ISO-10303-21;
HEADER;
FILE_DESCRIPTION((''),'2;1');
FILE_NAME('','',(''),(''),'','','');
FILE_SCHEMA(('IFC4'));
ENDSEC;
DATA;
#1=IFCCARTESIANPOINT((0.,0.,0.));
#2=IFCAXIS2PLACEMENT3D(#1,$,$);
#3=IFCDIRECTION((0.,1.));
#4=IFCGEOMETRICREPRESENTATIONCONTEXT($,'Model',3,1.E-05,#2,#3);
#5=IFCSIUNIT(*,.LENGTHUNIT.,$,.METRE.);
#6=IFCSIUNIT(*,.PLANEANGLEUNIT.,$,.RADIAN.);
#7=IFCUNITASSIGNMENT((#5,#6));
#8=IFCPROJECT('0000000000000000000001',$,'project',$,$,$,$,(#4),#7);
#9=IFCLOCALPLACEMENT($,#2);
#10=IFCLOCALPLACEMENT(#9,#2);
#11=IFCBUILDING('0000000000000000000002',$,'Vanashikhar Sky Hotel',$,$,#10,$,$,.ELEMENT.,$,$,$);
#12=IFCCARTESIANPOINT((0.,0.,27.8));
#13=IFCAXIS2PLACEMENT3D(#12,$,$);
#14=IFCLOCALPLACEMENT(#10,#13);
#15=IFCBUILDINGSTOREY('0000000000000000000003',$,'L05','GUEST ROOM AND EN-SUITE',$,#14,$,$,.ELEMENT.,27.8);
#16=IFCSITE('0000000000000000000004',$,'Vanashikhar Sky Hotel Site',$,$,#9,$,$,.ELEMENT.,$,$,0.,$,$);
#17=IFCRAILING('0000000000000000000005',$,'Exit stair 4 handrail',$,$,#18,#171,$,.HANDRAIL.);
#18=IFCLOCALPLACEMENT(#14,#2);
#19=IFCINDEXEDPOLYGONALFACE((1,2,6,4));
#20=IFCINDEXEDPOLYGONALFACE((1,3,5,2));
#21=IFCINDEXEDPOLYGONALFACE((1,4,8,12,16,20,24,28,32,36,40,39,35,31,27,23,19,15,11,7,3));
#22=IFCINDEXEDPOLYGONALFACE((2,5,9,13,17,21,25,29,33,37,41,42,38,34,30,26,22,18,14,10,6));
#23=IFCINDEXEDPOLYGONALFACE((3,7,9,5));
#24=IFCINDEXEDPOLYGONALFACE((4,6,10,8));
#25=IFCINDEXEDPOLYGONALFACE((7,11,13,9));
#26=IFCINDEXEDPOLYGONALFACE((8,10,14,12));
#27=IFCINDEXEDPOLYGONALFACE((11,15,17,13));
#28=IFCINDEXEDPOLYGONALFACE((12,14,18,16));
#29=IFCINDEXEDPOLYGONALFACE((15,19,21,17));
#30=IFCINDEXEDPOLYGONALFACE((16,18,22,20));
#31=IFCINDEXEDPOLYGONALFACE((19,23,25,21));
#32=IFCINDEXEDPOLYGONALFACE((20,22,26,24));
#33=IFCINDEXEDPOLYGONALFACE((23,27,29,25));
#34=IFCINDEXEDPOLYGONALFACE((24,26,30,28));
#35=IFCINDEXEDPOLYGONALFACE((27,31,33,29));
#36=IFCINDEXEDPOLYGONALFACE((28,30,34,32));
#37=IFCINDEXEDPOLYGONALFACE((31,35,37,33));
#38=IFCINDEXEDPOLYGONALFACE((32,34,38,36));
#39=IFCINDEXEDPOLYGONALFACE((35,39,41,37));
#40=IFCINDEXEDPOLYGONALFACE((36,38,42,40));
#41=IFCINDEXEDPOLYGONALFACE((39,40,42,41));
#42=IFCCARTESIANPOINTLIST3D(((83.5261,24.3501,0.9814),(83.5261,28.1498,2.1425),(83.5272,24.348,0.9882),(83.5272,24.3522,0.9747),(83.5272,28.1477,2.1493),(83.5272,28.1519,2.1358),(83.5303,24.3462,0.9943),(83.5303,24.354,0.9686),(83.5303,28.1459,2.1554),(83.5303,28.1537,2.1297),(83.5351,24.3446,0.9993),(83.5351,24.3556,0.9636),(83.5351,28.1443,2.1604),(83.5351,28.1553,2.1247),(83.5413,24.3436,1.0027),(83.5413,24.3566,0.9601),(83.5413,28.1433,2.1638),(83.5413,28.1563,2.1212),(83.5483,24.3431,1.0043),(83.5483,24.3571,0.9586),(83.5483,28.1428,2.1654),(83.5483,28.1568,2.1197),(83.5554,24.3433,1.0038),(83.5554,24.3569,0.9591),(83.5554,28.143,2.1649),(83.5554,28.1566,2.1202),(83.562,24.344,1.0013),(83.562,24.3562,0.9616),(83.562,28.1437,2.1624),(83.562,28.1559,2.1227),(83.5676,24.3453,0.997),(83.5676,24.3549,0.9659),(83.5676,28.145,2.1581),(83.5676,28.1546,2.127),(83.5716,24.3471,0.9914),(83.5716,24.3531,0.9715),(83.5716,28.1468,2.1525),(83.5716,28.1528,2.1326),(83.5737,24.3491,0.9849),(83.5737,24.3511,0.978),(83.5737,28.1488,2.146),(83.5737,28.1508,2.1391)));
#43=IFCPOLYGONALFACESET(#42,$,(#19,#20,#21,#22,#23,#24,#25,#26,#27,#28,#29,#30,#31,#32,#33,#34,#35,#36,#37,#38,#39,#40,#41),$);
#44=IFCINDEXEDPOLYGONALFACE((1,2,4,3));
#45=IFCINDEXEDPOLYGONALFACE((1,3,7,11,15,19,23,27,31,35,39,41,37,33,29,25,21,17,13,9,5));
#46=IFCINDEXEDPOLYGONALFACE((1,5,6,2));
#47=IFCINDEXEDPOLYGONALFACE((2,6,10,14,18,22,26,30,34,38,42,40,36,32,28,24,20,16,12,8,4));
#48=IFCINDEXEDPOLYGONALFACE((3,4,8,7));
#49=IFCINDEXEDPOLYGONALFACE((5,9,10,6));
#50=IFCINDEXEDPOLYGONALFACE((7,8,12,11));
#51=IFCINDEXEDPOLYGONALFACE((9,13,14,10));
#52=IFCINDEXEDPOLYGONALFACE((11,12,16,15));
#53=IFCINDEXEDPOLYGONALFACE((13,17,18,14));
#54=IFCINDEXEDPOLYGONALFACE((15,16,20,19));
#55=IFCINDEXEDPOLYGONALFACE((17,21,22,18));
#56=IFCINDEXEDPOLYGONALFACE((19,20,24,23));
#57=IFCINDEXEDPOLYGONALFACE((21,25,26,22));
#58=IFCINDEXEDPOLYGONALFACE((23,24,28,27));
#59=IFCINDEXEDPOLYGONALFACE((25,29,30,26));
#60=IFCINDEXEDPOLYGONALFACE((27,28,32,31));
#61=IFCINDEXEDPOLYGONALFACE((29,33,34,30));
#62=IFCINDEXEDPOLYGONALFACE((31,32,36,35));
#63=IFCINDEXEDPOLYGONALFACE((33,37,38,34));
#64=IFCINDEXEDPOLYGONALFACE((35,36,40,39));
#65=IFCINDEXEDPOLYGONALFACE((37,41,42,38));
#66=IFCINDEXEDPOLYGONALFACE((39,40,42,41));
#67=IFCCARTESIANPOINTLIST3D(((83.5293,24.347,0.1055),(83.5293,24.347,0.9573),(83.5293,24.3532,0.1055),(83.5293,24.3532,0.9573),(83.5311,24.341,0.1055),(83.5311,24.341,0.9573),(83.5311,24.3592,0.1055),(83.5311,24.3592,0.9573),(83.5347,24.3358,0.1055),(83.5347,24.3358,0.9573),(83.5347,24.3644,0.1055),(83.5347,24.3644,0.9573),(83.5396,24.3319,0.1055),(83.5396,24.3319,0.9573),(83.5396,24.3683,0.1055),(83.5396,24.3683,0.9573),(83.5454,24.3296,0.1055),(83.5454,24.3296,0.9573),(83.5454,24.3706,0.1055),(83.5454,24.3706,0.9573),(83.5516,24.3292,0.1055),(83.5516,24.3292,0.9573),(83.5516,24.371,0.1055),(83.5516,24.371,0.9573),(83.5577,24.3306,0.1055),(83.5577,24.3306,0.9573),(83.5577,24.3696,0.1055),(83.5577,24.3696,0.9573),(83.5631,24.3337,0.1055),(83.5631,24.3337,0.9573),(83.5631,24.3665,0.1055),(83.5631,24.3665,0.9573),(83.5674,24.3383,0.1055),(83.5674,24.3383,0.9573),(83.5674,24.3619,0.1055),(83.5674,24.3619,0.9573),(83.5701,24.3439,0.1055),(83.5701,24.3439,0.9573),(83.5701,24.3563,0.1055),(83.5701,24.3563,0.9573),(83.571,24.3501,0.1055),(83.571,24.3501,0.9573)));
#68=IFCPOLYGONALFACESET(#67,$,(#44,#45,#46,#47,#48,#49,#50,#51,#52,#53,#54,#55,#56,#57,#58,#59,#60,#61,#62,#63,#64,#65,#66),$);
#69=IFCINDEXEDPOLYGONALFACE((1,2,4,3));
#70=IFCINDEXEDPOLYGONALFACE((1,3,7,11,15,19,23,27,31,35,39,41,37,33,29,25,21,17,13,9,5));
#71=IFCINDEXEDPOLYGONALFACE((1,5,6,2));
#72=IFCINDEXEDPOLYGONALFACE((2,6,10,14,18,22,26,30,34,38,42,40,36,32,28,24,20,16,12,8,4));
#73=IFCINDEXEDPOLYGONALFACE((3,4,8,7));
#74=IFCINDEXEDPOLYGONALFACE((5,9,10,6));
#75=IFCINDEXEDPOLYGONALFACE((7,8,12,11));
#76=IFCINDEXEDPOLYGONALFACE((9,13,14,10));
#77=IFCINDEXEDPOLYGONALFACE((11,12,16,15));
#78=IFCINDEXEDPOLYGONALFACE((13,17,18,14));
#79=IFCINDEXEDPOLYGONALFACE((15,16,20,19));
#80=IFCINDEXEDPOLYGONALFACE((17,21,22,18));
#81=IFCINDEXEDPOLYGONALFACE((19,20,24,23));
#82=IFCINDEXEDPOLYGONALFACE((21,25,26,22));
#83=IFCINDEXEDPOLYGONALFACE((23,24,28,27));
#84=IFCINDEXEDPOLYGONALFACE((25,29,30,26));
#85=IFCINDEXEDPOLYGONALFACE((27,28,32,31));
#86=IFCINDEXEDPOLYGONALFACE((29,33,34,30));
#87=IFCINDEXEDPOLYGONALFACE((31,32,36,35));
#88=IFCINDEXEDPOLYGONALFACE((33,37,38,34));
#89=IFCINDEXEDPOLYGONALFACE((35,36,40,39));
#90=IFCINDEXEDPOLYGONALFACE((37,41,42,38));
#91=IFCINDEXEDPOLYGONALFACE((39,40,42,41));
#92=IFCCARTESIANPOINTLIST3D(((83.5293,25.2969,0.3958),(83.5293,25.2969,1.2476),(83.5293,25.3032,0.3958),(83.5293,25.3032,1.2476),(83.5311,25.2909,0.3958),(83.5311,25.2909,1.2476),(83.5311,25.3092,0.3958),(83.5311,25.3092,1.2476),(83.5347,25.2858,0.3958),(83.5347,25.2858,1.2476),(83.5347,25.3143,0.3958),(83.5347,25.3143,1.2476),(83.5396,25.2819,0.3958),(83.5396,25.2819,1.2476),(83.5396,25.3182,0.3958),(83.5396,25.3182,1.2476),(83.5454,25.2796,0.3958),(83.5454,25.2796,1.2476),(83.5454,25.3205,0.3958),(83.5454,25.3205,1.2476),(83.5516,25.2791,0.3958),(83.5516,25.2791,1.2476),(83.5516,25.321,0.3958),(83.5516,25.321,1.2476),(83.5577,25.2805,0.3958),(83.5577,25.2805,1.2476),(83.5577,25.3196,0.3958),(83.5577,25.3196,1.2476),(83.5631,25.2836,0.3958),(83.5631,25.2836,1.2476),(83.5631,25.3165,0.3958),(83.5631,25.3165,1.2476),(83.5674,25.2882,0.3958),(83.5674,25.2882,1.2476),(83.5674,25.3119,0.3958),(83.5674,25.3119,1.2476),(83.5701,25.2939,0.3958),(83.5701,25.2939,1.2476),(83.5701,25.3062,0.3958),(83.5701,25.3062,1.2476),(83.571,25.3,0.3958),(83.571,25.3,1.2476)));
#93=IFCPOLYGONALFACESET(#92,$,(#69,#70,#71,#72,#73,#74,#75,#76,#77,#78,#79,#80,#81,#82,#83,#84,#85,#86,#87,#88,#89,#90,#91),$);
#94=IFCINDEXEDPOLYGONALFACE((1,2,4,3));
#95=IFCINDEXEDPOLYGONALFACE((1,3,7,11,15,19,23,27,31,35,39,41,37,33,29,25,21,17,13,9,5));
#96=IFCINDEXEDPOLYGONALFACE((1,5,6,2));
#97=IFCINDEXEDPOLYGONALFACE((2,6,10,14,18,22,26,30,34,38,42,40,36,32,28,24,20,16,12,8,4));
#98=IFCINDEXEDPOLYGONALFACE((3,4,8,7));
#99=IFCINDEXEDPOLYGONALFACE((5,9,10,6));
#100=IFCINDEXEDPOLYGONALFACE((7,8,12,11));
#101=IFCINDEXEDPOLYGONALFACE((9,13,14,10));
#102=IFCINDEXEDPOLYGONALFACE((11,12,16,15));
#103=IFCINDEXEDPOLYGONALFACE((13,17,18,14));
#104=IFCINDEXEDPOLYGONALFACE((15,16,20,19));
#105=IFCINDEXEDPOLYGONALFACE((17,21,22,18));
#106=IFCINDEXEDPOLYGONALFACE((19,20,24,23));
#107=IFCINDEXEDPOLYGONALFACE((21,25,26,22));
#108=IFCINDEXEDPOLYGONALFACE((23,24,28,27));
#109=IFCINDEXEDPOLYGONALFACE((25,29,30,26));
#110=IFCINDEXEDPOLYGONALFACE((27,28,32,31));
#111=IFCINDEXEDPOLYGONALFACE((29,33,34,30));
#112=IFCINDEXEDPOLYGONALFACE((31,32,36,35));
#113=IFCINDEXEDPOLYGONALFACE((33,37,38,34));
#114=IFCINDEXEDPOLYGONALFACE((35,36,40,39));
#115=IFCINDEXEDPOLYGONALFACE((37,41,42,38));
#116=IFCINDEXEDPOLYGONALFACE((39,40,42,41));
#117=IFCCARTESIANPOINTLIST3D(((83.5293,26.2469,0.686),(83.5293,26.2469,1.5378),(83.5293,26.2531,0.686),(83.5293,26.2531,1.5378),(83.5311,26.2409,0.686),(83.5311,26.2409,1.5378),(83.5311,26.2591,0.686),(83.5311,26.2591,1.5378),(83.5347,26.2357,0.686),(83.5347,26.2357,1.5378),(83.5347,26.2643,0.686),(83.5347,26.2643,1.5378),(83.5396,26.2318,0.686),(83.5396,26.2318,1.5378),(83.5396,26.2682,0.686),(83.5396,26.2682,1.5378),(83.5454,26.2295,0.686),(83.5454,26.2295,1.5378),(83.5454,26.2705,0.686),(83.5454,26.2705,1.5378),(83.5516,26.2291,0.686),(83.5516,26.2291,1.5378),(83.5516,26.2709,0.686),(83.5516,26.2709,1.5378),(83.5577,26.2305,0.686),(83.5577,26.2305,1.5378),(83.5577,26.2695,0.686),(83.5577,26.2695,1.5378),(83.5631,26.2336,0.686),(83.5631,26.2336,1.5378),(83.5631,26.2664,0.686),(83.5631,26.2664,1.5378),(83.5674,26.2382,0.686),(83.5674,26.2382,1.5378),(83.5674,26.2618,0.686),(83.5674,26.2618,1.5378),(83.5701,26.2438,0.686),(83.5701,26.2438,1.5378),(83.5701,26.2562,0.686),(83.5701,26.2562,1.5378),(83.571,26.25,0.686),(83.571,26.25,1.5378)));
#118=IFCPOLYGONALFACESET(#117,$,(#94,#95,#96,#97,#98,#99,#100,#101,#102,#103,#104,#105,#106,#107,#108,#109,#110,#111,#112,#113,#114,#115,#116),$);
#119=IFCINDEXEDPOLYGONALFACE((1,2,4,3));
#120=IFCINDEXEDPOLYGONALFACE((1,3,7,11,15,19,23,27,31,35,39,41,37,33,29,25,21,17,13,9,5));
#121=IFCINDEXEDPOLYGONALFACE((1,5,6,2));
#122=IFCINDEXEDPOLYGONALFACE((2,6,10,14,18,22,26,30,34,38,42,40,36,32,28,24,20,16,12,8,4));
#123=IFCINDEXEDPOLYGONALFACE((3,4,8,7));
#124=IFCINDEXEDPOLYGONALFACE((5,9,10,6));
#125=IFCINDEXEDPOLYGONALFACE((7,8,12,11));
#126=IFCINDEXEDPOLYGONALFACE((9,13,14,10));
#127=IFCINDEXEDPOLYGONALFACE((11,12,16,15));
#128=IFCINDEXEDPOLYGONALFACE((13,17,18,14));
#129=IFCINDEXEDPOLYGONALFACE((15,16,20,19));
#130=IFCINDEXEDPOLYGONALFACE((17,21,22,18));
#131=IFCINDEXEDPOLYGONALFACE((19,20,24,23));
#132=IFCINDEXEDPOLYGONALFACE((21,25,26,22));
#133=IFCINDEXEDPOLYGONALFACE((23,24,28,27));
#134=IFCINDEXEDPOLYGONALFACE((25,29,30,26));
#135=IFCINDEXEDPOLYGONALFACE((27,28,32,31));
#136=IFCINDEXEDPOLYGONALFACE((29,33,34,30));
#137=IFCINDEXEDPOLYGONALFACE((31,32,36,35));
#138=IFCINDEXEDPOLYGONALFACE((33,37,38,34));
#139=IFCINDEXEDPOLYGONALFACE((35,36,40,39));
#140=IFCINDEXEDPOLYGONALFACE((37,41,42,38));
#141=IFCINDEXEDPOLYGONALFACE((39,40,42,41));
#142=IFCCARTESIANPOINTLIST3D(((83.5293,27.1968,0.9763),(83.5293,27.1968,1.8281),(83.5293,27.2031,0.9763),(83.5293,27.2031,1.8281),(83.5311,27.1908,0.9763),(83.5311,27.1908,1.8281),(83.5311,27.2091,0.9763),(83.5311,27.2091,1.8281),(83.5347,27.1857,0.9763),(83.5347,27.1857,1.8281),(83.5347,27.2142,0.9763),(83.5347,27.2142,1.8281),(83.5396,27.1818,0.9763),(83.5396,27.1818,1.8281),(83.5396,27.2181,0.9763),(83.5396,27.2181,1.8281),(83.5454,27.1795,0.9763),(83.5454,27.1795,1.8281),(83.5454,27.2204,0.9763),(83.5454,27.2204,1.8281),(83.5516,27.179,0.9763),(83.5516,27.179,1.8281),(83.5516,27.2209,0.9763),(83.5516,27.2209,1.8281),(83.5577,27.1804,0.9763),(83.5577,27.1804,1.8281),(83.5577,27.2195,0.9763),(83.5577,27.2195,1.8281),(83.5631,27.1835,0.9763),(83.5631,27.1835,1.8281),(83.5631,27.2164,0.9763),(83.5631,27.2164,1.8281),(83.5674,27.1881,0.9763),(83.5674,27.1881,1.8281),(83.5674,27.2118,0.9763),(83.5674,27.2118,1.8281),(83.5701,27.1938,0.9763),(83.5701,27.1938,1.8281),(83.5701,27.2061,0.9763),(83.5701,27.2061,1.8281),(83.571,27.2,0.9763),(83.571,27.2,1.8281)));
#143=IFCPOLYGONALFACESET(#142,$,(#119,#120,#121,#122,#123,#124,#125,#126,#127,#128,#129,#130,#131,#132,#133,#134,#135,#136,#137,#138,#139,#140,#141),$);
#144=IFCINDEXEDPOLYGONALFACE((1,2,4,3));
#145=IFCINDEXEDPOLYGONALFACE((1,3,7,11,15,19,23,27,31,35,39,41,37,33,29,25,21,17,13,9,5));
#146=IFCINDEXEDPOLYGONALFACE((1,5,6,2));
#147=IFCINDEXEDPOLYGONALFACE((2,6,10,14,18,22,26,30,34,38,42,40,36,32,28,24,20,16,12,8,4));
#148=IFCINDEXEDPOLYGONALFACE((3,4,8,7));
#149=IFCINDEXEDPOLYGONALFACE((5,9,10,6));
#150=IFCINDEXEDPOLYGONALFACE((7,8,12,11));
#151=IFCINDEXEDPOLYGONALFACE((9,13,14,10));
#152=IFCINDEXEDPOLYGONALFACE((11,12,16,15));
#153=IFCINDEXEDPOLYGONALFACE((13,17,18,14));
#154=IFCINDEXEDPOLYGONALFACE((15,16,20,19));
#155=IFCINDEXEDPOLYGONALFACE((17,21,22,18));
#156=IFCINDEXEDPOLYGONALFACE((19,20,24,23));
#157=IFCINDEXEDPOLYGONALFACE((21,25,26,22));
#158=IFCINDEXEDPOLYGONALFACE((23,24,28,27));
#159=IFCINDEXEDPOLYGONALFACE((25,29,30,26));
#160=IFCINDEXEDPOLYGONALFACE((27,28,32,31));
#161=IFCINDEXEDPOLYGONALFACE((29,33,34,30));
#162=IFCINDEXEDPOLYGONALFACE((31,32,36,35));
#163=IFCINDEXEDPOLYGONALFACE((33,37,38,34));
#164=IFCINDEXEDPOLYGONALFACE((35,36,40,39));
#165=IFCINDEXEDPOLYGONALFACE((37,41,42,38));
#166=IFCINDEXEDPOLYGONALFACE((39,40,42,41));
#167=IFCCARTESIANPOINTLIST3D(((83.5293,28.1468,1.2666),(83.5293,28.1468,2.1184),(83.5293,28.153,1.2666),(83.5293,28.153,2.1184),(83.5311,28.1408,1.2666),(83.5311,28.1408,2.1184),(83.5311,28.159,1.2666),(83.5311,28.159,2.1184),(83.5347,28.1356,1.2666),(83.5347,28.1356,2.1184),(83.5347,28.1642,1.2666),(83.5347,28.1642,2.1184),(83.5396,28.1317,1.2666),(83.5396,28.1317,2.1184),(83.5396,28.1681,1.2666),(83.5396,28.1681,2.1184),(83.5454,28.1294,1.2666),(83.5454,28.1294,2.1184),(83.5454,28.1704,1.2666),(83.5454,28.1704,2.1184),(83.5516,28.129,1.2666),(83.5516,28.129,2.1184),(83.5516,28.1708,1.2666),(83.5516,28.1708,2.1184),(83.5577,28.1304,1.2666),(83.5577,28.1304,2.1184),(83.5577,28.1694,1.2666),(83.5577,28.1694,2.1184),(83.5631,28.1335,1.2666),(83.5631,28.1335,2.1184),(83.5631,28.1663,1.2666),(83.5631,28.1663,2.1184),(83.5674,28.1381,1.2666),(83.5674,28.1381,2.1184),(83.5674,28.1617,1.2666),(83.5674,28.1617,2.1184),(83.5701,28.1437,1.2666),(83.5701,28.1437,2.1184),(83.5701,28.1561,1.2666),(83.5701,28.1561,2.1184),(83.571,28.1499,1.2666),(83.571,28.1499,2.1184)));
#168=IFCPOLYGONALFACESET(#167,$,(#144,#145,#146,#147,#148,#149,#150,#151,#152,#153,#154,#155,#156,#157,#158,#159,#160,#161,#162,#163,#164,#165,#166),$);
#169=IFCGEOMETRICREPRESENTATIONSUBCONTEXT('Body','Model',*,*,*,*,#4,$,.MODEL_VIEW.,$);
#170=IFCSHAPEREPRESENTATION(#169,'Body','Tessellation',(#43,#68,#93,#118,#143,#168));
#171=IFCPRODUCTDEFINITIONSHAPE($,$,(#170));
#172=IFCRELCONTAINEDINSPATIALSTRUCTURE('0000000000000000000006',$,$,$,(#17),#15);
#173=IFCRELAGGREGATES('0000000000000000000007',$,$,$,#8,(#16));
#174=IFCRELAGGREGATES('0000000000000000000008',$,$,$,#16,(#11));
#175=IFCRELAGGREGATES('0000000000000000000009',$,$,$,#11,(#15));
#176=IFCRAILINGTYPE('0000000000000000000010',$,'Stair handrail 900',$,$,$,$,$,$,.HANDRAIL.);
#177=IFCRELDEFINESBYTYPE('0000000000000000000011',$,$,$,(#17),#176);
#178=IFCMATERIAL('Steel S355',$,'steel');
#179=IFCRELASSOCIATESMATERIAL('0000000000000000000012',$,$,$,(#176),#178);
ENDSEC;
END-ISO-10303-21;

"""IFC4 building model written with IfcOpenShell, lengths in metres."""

from ifc_helpers import new_model, si_unit, direction, frame, origin, origin_2d, place, context, subcontext, project, spatial, circle, extrude, source, transform, mapped, material, type_object, element, save


model = new_model("IFC4")

# Units and contexts
model_context = context("Model", 3, precision=1e-05, world=origin(), true_north=direction((0.0, 1.0)))
body_context = subcontext(model_context, "Body", "Model", "MODEL_VIEW")
ifc_project = project(units=[si_unit("LENGTHUNIT", "METRE"), si_unit("PLANEANGLEUNIT", "RADIAN")], contexts=[model_context])

# Site, building, storey
site_placement = place(None, origin())
site = spatial("IfcSite", under=ifc_project, at=site_placement, Name="Vanashikhar Sky Hotel Site", CompositionType="ELEMENT", RefElevation=0.0)
building_placement = place(site_placement, origin())
building = spatial("IfcBuilding", under=site, at=building_placement, Name="Vanashikhar Sky Hotel", CompositionType="ELEMENT")
storey_placement = place(building_placement, frame((0.0, 0.0, 27.8)))
storey = spatial("IfcBuildingStorey", under=building, at=storey_placement, Name="L05", Description="GUEST ROOM AND EN-SUITE", CompositionType="ELEMENT", Elevation=27.8)

# Railing
ifc_material_1 = material(Name="Steel S355", Category="steel")
railing_type = type_object("IfcRailingType", Name="Stair handrail 900", PredefinedType="HANDRAIL", material=ifc_material_1)
shared_shape_1 = source(origin(), body_context, "Body", "SweptSolid", [
    extrude(circle(Radius=0.0239, at=origin_2d()), frame((0.0, 0.0, 0.876), z_axis=(0.0, 0.956346, 0.292237), x_axis=(-1.0, 0.0, 0.0)), (0.0, 0.0, 1.0), 3.9731),
    extrude(circle(Radius=0.021, at=origin_2d()), origin(), (0.0, 0.0, 1.0), 0.8518),
    extrude(circle(Radius=0.021, at=origin_2d()), frame((0.0, 0.95, 0.2903)), (0.0, 0.0, 1.0), 0.8518),
    extrude(circle(Radius=0.021, at=origin_2d()), frame((0.0, 1.8999, 0.5806)), (0.0, 0.0, 1.0), 0.8518),
    extrude(circle(Radius=0.021, at=origin_2d()), frame((0.0, 2.8499, 0.8708)), (0.0, 0.0, 1.0), 0.8518),
    extrude(circle(Radius=0.021, at=origin_2d()), frame((0.0, 3.7998, 1.1611)), (0.0, 0.0, 1.0), 0.8518),
])
for number, where, name in (
    (1, (83.55, 24.3501, 0.1055), "Exit stair 4 handrail"),
):
    element("IfcRailing", number, at=place(storey_placement, frame(where)), inside=storey, type_object=railing_type, Name=name, PredefinedType="HANDRAIL", context=body_context, shape_type="MappedRepresentation", body=[
        mapped(shared_shape_1, transform((0.0, 0.0, 0.0), scale=1.0)),
    ])

save(model, "model.ifc")
